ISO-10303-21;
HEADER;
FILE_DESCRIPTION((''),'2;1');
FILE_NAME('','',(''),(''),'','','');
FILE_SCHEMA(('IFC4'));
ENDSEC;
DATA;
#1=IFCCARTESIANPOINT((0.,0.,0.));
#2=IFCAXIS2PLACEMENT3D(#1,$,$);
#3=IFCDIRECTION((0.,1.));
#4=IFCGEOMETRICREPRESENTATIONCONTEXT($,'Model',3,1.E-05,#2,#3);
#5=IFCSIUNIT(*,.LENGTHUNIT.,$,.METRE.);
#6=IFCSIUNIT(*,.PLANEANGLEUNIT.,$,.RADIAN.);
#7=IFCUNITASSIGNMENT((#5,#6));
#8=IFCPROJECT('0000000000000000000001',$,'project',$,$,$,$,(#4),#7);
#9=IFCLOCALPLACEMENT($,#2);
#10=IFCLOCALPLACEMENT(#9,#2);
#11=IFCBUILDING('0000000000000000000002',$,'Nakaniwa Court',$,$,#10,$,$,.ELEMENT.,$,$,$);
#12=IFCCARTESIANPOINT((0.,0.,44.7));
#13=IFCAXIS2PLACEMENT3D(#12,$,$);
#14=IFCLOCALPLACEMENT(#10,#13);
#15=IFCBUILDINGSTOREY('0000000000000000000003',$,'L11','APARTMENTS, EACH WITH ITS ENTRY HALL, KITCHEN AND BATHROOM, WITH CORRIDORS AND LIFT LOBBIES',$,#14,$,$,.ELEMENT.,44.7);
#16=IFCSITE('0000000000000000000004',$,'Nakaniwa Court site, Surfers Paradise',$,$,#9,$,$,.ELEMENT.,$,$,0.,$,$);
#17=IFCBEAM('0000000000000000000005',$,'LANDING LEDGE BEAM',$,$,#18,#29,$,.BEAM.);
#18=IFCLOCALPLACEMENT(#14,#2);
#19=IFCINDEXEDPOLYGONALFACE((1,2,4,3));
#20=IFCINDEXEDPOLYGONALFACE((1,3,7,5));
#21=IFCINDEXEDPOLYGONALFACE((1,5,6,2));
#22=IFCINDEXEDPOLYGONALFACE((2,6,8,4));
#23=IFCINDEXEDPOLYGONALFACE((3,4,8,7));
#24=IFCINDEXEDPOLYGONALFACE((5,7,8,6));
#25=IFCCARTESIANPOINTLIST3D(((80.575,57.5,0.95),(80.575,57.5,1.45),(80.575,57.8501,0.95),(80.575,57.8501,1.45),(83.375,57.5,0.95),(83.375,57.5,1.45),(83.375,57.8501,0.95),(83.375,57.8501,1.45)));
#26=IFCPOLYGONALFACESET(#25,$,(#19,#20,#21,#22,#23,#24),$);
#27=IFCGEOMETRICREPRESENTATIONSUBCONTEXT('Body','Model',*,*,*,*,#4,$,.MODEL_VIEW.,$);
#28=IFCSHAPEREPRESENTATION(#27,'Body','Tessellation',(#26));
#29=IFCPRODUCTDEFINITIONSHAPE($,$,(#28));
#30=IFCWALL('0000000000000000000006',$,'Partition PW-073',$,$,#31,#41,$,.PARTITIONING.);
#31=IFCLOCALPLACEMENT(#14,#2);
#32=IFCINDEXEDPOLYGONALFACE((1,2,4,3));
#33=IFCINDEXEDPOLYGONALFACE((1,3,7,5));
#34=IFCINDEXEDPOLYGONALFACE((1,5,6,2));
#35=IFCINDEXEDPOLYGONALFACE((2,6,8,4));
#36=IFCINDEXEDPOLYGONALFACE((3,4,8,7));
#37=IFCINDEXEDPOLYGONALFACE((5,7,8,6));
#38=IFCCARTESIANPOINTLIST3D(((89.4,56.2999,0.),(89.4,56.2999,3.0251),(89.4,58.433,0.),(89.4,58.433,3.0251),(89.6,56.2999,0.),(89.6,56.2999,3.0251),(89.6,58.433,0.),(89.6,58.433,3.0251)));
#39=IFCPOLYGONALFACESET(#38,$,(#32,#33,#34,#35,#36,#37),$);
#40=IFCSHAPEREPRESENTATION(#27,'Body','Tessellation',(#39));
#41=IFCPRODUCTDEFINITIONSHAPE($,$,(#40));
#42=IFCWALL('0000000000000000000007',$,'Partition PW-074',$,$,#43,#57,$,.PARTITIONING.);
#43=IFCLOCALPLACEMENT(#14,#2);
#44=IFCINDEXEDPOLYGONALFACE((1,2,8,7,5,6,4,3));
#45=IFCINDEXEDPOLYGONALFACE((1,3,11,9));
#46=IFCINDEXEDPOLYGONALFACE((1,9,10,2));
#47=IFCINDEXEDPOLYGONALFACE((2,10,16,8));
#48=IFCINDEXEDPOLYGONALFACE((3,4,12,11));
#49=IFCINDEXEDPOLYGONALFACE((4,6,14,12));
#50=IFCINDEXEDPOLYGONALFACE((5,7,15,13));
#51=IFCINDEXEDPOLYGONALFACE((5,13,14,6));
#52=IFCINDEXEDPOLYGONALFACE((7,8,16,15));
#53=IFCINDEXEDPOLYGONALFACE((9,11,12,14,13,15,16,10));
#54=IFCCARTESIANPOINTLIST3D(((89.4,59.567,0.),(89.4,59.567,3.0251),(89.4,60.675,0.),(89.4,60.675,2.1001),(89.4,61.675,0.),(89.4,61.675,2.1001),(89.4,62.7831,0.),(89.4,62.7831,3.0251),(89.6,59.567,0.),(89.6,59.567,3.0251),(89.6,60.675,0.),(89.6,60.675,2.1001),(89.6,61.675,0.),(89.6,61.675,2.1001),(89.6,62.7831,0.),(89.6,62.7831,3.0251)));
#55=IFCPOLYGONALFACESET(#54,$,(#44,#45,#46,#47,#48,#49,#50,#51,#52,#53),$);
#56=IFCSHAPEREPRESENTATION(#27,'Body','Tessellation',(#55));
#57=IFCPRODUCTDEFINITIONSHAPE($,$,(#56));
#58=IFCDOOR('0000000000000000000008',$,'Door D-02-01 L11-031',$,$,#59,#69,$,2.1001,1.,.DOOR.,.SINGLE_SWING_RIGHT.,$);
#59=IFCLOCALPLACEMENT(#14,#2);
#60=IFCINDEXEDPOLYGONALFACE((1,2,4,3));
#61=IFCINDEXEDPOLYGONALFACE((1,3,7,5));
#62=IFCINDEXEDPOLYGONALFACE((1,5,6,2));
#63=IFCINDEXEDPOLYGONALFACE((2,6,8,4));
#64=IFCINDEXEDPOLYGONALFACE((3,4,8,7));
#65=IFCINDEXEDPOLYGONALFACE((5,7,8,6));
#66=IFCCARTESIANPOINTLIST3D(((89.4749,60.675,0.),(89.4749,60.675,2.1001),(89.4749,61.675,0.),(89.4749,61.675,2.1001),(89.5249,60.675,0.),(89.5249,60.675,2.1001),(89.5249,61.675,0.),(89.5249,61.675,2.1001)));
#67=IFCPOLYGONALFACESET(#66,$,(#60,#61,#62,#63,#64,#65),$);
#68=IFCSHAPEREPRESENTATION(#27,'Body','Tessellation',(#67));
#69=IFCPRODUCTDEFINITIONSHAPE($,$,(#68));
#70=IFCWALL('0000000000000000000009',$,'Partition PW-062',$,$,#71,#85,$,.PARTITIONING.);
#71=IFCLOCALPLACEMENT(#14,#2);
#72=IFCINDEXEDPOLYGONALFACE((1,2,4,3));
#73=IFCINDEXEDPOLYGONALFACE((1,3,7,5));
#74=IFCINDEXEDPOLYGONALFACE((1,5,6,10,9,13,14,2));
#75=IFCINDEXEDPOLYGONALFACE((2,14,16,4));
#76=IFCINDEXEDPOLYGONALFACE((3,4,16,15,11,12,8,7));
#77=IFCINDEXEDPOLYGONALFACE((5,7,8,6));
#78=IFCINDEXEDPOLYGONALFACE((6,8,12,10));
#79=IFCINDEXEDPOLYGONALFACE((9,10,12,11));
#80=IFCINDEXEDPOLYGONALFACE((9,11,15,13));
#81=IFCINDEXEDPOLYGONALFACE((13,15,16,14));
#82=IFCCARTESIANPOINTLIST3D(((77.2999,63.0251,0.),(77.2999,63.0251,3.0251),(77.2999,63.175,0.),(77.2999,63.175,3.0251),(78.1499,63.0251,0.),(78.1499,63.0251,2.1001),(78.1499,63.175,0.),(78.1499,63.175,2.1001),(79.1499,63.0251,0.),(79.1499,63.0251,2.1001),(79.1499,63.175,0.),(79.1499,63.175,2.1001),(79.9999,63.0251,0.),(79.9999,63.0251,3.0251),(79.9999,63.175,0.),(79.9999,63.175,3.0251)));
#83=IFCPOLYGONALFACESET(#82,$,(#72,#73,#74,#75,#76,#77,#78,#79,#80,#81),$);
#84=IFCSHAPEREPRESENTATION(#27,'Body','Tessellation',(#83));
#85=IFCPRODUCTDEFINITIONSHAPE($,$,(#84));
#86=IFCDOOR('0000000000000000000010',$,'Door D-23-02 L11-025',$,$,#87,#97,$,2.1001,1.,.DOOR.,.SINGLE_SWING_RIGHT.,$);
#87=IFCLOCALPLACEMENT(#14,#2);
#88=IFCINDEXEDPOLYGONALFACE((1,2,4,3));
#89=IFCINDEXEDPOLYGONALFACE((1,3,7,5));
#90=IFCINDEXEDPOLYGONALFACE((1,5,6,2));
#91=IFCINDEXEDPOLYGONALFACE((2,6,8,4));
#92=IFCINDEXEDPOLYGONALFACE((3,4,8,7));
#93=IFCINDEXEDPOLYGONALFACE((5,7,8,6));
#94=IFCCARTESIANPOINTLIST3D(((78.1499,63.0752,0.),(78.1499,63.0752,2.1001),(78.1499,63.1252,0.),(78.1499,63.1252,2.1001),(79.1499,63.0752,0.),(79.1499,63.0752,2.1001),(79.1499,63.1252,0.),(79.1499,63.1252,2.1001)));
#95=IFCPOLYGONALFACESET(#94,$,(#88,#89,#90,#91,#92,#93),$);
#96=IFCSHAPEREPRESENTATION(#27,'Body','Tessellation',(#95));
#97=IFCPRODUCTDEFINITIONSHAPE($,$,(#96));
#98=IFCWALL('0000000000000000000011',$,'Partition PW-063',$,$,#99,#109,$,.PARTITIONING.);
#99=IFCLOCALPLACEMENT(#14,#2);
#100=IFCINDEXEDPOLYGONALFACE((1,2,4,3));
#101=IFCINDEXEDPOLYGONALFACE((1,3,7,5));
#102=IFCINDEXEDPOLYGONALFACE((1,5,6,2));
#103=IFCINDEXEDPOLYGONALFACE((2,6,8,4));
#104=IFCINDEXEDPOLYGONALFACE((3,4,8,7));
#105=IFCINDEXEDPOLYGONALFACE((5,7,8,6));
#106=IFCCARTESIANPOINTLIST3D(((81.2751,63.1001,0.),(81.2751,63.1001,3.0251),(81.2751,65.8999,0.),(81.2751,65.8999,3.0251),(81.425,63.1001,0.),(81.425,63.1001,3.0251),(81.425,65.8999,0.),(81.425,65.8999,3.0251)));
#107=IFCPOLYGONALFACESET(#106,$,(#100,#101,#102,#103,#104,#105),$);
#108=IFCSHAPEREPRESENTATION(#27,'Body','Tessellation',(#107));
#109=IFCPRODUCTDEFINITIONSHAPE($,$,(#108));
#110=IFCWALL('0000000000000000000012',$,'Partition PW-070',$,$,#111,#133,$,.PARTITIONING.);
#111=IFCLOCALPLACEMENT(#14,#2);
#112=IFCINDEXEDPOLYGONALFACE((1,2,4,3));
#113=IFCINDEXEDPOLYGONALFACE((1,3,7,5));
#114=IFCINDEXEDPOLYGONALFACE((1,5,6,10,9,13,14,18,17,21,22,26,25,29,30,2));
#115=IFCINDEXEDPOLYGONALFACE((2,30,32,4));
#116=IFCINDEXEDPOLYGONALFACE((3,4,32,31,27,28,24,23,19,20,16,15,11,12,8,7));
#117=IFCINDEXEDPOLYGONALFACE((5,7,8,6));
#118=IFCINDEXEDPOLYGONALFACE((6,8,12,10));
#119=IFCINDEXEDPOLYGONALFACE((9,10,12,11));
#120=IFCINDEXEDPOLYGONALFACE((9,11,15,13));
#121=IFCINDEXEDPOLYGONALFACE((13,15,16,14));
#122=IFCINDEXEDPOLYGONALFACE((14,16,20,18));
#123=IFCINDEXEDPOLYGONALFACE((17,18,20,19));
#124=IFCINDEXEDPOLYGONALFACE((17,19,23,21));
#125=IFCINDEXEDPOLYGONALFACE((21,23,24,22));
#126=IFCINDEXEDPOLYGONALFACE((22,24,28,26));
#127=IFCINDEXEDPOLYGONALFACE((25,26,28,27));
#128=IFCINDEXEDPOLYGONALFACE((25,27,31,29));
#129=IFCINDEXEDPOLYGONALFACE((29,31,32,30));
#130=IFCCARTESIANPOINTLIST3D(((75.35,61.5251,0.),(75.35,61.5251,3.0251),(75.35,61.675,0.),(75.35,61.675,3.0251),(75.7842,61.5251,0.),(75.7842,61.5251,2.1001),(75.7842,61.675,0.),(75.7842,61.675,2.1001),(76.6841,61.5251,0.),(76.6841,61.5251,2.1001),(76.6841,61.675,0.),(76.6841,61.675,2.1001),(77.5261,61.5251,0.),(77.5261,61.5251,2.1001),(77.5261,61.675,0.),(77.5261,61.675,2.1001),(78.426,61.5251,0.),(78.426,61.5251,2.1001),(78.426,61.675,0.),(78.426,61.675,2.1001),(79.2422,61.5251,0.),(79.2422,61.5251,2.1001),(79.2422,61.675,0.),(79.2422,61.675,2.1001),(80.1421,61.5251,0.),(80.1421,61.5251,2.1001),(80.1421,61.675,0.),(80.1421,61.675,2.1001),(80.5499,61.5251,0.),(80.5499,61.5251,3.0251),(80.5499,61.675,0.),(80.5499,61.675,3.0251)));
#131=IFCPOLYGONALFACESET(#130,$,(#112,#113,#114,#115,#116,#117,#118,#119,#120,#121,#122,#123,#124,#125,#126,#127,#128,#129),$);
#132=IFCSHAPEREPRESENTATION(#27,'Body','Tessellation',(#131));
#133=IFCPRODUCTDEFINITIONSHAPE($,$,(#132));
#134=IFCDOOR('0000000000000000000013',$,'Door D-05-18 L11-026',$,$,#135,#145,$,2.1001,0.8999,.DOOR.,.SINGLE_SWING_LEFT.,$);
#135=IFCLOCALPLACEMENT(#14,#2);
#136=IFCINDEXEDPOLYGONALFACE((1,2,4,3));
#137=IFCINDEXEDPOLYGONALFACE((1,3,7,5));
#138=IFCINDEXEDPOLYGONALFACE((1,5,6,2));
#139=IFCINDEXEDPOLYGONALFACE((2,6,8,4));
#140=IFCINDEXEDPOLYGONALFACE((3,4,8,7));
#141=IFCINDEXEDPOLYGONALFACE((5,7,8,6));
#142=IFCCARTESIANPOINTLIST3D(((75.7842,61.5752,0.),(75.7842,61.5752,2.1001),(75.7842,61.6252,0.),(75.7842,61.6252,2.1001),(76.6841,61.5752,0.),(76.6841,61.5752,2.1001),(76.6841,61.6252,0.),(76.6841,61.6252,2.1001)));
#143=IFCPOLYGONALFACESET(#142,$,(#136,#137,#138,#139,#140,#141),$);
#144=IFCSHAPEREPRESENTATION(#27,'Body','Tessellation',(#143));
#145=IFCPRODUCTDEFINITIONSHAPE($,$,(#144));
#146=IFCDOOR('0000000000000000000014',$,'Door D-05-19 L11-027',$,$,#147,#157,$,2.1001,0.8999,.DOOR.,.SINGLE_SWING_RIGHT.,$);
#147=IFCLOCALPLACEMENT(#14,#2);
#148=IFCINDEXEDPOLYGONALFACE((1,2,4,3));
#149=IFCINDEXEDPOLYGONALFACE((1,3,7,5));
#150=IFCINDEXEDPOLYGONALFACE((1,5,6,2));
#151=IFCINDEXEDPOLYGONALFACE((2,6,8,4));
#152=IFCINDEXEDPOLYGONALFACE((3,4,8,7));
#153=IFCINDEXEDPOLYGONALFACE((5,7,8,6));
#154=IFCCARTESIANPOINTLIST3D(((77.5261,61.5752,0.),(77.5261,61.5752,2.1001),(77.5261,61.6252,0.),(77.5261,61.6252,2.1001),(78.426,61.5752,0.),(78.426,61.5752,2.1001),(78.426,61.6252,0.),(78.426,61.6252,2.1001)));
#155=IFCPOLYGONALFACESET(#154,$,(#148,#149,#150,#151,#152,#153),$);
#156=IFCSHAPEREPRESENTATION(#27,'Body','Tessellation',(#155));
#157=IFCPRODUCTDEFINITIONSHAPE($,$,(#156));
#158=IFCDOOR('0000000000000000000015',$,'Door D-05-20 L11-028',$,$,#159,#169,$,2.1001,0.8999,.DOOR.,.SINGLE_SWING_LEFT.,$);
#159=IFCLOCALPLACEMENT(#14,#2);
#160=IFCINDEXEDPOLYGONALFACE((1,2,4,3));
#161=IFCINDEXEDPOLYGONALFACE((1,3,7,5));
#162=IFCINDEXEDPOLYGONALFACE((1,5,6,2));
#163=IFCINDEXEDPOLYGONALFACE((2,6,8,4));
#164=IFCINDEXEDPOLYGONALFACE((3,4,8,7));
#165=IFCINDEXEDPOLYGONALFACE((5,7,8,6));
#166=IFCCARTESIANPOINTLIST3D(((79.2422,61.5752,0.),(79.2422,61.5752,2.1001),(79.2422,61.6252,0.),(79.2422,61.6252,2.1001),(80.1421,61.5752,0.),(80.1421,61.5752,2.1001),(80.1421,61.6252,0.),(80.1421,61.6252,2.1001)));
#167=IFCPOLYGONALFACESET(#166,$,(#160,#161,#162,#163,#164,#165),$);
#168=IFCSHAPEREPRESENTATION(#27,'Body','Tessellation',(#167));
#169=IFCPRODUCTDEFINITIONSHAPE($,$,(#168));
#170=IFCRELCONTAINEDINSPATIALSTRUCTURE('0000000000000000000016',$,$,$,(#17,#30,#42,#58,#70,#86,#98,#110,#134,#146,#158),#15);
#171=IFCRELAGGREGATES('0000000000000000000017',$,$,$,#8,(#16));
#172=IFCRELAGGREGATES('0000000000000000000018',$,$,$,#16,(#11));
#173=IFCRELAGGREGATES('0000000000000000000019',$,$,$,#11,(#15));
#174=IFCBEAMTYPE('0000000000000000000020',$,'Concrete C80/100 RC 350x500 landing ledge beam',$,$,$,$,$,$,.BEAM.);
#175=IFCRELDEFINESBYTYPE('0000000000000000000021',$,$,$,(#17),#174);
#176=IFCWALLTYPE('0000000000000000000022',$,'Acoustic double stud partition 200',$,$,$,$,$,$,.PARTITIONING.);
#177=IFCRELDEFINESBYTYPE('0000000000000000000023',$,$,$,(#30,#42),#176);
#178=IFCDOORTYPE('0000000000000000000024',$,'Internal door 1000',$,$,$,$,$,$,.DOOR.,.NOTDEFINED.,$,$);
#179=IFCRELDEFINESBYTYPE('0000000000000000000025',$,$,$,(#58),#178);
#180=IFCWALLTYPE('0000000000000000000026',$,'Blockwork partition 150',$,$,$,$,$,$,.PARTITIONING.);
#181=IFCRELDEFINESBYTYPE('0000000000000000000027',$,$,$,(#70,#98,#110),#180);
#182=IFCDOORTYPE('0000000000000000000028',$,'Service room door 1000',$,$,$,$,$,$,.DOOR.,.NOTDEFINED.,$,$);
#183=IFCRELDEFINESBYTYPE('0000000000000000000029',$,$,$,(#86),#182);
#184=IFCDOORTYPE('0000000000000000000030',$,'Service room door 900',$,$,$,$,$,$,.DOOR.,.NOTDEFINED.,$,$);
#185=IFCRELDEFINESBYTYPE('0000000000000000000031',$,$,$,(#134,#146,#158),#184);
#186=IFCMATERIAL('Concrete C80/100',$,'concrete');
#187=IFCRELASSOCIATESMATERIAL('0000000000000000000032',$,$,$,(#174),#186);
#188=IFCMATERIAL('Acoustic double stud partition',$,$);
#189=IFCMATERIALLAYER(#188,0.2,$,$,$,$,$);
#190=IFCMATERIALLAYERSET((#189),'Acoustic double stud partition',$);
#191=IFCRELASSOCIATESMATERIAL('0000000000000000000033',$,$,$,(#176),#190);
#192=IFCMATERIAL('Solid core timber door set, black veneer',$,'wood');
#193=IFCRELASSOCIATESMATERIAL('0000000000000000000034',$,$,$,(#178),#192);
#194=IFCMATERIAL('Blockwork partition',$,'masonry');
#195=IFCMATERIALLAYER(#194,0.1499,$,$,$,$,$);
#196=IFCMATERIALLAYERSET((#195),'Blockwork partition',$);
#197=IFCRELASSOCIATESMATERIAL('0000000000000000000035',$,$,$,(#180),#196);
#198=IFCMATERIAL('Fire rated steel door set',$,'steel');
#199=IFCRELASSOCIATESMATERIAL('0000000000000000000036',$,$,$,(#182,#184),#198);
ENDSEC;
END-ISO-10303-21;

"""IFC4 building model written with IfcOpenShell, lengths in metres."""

from ifc_helpers import new_model, si_unit, direction, frame, frame_2d, origin, origin_2d, place, context, subcontext, project, spatial, rectangle, extrude, material, layer, layer_set, material_profile, profile_set, type_object, element, fill, save


model = new_model("IFC4")

# Units and contexts
model_context = context("Model", 3, precision=1e-05, world=origin(), true_north=direction((0.0, 1.0)))
body_context = subcontext(model_context, "Body", "Model", "MODEL_VIEW")
ifc_project = project(units=[si_unit("LENGTHUNIT", "METRE"), si_unit("PLANEANGLEUNIT", "RADIAN")], contexts=[model_context])

# Site, building, storey
site_placement = place(None, origin())
site = spatial("IfcSite", under=ifc_project, at=site_placement, Name="Nakaniwa Court site, Surfers Paradise", CompositionType="ELEMENT", RefElevation=0.0)
building_placement = place(site_placement, origin())
building = spatial("IfcBuilding", under=site, at=building_placement, Name="Nakaniwa Court", CompositionType="ELEMENT")
storey_placement = place(building_placement, frame((0.0, 0.0, 44.7)))
storey = spatial("IfcBuildingStorey", under=building, at=storey_placement, Name="L11", Description="APARTMENTS, EACH WITH ITS ENTRY HALL, KITCHEN AND BATHROOM, WITH CORRIDORS AND LIFT LOBBIES", CompositionType="ELEMENT", Elevation=44.7)

# Beam
ifc_material_1 = material(Name="Concrete C80/100", Category="concrete")
ifc_material_profile = material_profile(ifc_material_1, rectangle(XDim=0.3501, YDim=0.5, at=origin_2d()), Name="Concrete C80/100 RC 350x500 landing ledge beam")
ifc_profile_set = profile_set([ifc_material_profile], Name="Concrete C80/100")
beam_type = type_object("IfcBeamType", Name="Concrete C80/100 RC 350x500 landing ledge beam", PredefinedType="BEAM", material=ifc_profile_set)
beam_placement = place(storey_placement, frame((80.575, 57.675, 1.2), z_axis=(1.0, 0.0, 0.0), x_axis=(0.0, 1.0, 0.0)))
element("IfcBeam", 1, at=beam_placement, inside=storey, type_object=beam_type, Name="LANDING LEDGE BEAM", PredefinedType="BEAM", context=body_context, shape_type="SweptSolid", body=[
    extrude(rectangle(XDim=0.3501, YDim=0.5, at=origin_2d()), origin(), (0.0, 0.0, 1.0), 2.8),
])

# Wall
ifc_material_2 = material(Name="Acoustic double stud partition")
ifc_layer_1 = layer(ifc_material_2, 0.2)
ifc_layer_set_1 = layer_set([ifc_layer_1], Name="Acoustic double stud partition")
wall_type_1 = type_object("IfcWallType", Name="Acoustic double stud partition 200", PredefinedType="PARTITIONING", material=ifc_layer_set_1)
wall_1_placement = place(storey_placement, frame((89.5, 56.3, 0.0), z_axis=(0.0, 0.0, 1.0), x_axis=(0.0, 1.0, 0.0)))
element("IfcWall", 2, at=wall_1_placement, inside=storey, type_object=wall_type_1, Name="Partition PW-073", PredefinedType="PARTITIONING", context=body_context, shape_type="SweptSolid", body=[
    extrude(rectangle(XDim=2.1331, YDim=0.2, at=frame_2d((1.0664, 0.0))), origin(), (0.0, 0.0, 1.0), 3.0251),
])

# Walls, openings, doors
wall_2_placement = place(storey_placement, frame((89.5, 62.783, 0.0), z_axis=(0.0, 0.0, 1.0), x_axis=(0.0, -1.0, 0.0)))
wall_2 = element("IfcWall", 3, at=wall_2_placement, inside=storey, type_object=wall_type_1, Name="Partition PW-074", PredefinedType="PARTITIONING", context=body_context, shape_type="SweptSolid", body=[
    extrude(rectangle(XDim=3.2161, YDim=0.2, at=frame_2d((1.6079, 0.0))), origin(), (0.0, 0.0, 1.0), 3.0251),
])
opening_1_placement = place(wall_2_placement, frame((1.1079, 0.0, 0.0)))
opening_1 = element("IfcOpeningElement", 4, at=opening_1_placement, cuts=wall_2, PredefinedType="OPENING", context=body_context, shape_type="SweptSolid", body=[
    extrude(rectangle(XDim=1.0, YDim=2.1001, at=frame_2d((0.5, 1.05))), frame((0.0, 0.1099, 0.0), z_axis=(0.0, -1.0, 0.0), x_axis=(1.0, 0.0, 0.0)), (0.0, 0.0, 1.0), 0.22),
])
ifc_material_3 = material(Name="Solid core timber door set, black veneer", Category="wood")
door_type_1 = type_object("IfcDoorType", Name="Internal door 1000", OperationType="NOTDEFINED", PredefinedType="DOOR", material=ifc_material_3)
door_1_placement = place(opening_1_placement, origin())
door_1 = element("IfcDoor", 5, at=door_1_placement, inside=storey, type_object=door_type_1, Name="Door D-02-01 L11-031", OperationType="SINGLE_SWING_RIGHT", OverallHeight=2.1001, OverallWidth=1.0, PredefinedType="DOOR", context=body_context, shape_type="SweptSolid", body=[
    extrude(rectangle(XDim=1.0, YDim=2.1001, at=frame_2d((0.5, 1.05))), frame((0.0, 0.0249, 0.0), z_axis=(0.0, -1.0, 0.0), x_axis=(1.0, 0.0, 0.0)), (0.0, 0.0, 1.0), 0.05),
])
fill(opening_1, door_1)
ifc_material_4 = material(Name="Blockwork partition", Category="masonry")
ifc_layer_2 = layer(ifc_material_4, 0.1499)
ifc_layer_set_2 = layer_set([ifc_layer_2], Name="Blockwork partition")
wall_type_2 = type_object("IfcWallType", Name="Blockwork partition 150", PredefinedType="PARTITIONING", material=ifc_layer_set_2)
wall_3_placement = place(storey_placement, frame((80.0, 63.1001, 0.0), z_axis=(0.0, 0.0, 1.0), x_axis=(-1.0, 0.0, 0.0)))
wall_3 = element("IfcWall", 6, at=wall_3_placement, inside=storey, type_object=wall_type_2, Name="Partition PW-062", PredefinedType="PARTITIONING", context=body_context, shape_type="SweptSolid", body=[
    extrude(rectangle(XDim=2.7, YDim=0.1499, at=frame_2d((1.3501, 0.0))), origin(), (0.0, 0.0, 1.0), 3.0251),
])
opening_2_placement = place(wall_3_placement, frame((0.8501, 0.0, 0.0)))
opening_2 = element("IfcOpeningElement", 7, at=opening_2_placement, cuts=wall_3, PredefinedType="OPENING", context=body_context, shape_type="SweptSolid", body=[
    extrude(rectangle(XDim=1.0, YDim=2.1001, at=frame_2d((0.5, 1.05))), frame((0.0, 0.085, 0.0), z_axis=(0.0, -1.0, 0.0), x_axis=(1.0, 0.0, 0.0)), (0.0, 0.0, 1.0), 0.1699),
])
ifc_material_5 = material(Name="Fire rated steel door set", Category="steel")
door_type_2 = type_object("IfcDoorType", Name="Service room door 1000", OperationType="NOTDEFINED", PredefinedType="DOOR", material=ifc_material_5)
door_2_placement = place(opening_2_placement, origin())
door_2 = element("IfcDoor", 8, at=door_2_placement, inside=storey, type_object=door_type_2, Name="Door D-23-02 L11-025", OperationType="SINGLE_SWING_RIGHT", OverallHeight=2.1001, OverallWidth=1.0, PredefinedType="DOOR", context=body_context, shape_type="SweptSolid", body=[
    extrude(rectangle(XDim=1.0, YDim=2.1001, at=frame_2d((0.5, 1.05))), frame((0.0, 0.0249, 0.0), z_axis=(0.0, -1.0, 0.0), x_axis=(1.0, 0.0, 0.0)), (0.0, 0.0, 1.0), 0.05),
])
fill(opening_2, door_2)

# Wall
wall_4_placement = place(storey_placement, frame((81.3501, 63.1001, 0.0), z_axis=(0.0, 0.0, 1.0), x_axis=(0.0, 1.0, 0.0)))
element("IfcWall", 9, at=wall_4_placement, inside=storey, type_object=wall_type_2, Name="Partition PW-063", PredefinedType="PARTITIONING", context=body_context, shape_type="SweptSolid", body=[
    extrude(rectangle(XDim=2.7998, YDim=0.1499, at=frame_2d((1.3999, 0.0))), origin(), (0.0, 0.0, 1.0), 3.0251),
])

# Wall, openings, doors
wall_5_placement = place(storey_placement, frame((80.55, 61.6001, 0.0), z_axis=(0.0, 0.0, 1.0), x_axis=(-1.0, 0.0, 0.0)))
wall_5 = element("IfcWall", 10, at=wall_5_placement, inside=storey, type_object=wall_type_2, Name="Partition PW-070", PredefinedType="PARTITIONING", context=body_context, shape_type="SweptSolid", body=[
    extrude(rectangle(XDim=5.2, YDim=0.1499, at=frame_2d((2.6001, 0.0))), origin(), (0.0, 0.0, 1.0), 3.0251),
])
opening_3_placement = place(wall_5_placement, frame((3.866, 0.0, 0.0)))
opening_3 = element("IfcOpeningElement", 11, at=opening_3_placement, cuts=wall_5, PredefinedType="OPENING", context=body_context, shape_type="SweptSolid", body=[
    extrude(rectangle(XDim=0.8999, YDim=2.1001, at=frame_2d((0.45, 1.05))), frame((0.0, 0.085, 0.0), z_axis=(0.0, -1.0, 0.0), x_axis=(1.0, 0.0, 0.0)), (0.0, 0.0, 1.0), 0.1699),
])
opening_4_placement = place(wall_5_placement, frame((2.124, 0.0, 0.0)))
opening_4 = element("IfcOpeningElement", 12, at=opening_4_placement, cuts=wall_5, PredefinedType="OPENING", context=body_context, shape_type="SweptSolid", body=[
    extrude(rectangle(XDim=0.8999, YDim=2.1001, at=frame_2d((0.45, 1.05))), frame((0.0, 0.085, 0.0), z_axis=(0.0, -1.0, 0.0), x_axis=(1.0, 0.0, 0.0)), (0.0, 0.0, 1.0), 0.1699),
])
opening_5_placement = place(wall_5_placement, frame((0.408, 0.0, 0.0)))
opening_5 = element("IfcOpeningElement", 13, at=opening_5_placement, cuts=wall_5, PredefinedType="OPENING", context=body_context, shape_type="SweptSolid", body=[
    extrude(rectangle(XDim=0.8999, YDim=2.1001, at=frame_2d((0.45, 1.05))), frame((0.0, 0.085, 0.0), z_axis=(0.0, -1.0, 0.0), x_axis=(1.0, 0.0, 0.0)), (0.0, 0.0, 1.0), 0.1699),
])
door_type_3 = type_object("IfcDoorType", Name="Service room door 900", OperationType="NOTDEFINED", PredefinedType="DOOR", material=ifc_material_5)
door_3_placement = place(opening_3_placement, origin())
door_3 = element("IfcDoor", 14, at=door_3_placement, inside=storey, type_object=door_type_3, Name="Door D-05-18 L11-026", OperationType="SINGLE_SWING_LEFT", OverallHeight=2.1001, OverallWidth=0.8999, PredefinedType="DOOR", context=body_context, shape_type="SweptSolid", body=[
    extrude(rectangle(XDim=0.8999, YDim=2.1001, at=frame_2d((0.45, 1.05))), frame((0.0, 0.0249, 0.0), z_axis=(0.0, -1.0, 0.0), x_axis=(1.0, 0.0, 0.0)), (0.0, 0.0, 1.0), 0.05),
])
fill(opening_3, door_3)
door_4_placement = place(opening_4_placement, origin())
door_4 = element("IfcDoor", 15, at=door_4_placement, inside=storey, type_object=door_type_3, Name="Door D-05-19 L11-027", OperationType="SINGLE_SWING_RIGHT", OverallHeight=2.1001, OverallWidth=0.8999, PredefinedType="DOOR", context=body_context, shape_type="SweptSolid", body=[
    extrude(rectangle(XDim=0.8999, YDim=2.1001, at=frame_2d((0.45, 1.05))), frame((0.0, 0.0249, 0.0), z_axis=(0.0, -1.0, 0.0), x_axis=(1.0, 0.0, 0.0)), (0.0, 0.0, 1.0), 0.05),
])
fill(opening_4, door_4)
door_5_placement = place(opening_5_placement, origin())
door_5 = element("IfcDoor", 16, at=door_5_placement, inside=storey, type_object=door_type_3, Name="Door D-05-20 L11-028", OperationType="SINGLE_SWING_LEFT", OverallHeight=2.1001, OverallWidth=0.8999, PredefinedType="DOOR", context=body_context, shape_type="SweptSolid", body=[
    extrude(rectangle(XDim=0.8999, YDim=2.1001, at=frame_2d((0.45, 1.05))), frame((0.0, 0.0249, 0.0), z_axis=(0.0, -1.0, 0.0), x_axis=(1.0, 0.0, 0.0)), (0.0, 0.0, 1.0), 0.05),
])
fill(opening_5, door_5)

save(model, "model.ifc")
